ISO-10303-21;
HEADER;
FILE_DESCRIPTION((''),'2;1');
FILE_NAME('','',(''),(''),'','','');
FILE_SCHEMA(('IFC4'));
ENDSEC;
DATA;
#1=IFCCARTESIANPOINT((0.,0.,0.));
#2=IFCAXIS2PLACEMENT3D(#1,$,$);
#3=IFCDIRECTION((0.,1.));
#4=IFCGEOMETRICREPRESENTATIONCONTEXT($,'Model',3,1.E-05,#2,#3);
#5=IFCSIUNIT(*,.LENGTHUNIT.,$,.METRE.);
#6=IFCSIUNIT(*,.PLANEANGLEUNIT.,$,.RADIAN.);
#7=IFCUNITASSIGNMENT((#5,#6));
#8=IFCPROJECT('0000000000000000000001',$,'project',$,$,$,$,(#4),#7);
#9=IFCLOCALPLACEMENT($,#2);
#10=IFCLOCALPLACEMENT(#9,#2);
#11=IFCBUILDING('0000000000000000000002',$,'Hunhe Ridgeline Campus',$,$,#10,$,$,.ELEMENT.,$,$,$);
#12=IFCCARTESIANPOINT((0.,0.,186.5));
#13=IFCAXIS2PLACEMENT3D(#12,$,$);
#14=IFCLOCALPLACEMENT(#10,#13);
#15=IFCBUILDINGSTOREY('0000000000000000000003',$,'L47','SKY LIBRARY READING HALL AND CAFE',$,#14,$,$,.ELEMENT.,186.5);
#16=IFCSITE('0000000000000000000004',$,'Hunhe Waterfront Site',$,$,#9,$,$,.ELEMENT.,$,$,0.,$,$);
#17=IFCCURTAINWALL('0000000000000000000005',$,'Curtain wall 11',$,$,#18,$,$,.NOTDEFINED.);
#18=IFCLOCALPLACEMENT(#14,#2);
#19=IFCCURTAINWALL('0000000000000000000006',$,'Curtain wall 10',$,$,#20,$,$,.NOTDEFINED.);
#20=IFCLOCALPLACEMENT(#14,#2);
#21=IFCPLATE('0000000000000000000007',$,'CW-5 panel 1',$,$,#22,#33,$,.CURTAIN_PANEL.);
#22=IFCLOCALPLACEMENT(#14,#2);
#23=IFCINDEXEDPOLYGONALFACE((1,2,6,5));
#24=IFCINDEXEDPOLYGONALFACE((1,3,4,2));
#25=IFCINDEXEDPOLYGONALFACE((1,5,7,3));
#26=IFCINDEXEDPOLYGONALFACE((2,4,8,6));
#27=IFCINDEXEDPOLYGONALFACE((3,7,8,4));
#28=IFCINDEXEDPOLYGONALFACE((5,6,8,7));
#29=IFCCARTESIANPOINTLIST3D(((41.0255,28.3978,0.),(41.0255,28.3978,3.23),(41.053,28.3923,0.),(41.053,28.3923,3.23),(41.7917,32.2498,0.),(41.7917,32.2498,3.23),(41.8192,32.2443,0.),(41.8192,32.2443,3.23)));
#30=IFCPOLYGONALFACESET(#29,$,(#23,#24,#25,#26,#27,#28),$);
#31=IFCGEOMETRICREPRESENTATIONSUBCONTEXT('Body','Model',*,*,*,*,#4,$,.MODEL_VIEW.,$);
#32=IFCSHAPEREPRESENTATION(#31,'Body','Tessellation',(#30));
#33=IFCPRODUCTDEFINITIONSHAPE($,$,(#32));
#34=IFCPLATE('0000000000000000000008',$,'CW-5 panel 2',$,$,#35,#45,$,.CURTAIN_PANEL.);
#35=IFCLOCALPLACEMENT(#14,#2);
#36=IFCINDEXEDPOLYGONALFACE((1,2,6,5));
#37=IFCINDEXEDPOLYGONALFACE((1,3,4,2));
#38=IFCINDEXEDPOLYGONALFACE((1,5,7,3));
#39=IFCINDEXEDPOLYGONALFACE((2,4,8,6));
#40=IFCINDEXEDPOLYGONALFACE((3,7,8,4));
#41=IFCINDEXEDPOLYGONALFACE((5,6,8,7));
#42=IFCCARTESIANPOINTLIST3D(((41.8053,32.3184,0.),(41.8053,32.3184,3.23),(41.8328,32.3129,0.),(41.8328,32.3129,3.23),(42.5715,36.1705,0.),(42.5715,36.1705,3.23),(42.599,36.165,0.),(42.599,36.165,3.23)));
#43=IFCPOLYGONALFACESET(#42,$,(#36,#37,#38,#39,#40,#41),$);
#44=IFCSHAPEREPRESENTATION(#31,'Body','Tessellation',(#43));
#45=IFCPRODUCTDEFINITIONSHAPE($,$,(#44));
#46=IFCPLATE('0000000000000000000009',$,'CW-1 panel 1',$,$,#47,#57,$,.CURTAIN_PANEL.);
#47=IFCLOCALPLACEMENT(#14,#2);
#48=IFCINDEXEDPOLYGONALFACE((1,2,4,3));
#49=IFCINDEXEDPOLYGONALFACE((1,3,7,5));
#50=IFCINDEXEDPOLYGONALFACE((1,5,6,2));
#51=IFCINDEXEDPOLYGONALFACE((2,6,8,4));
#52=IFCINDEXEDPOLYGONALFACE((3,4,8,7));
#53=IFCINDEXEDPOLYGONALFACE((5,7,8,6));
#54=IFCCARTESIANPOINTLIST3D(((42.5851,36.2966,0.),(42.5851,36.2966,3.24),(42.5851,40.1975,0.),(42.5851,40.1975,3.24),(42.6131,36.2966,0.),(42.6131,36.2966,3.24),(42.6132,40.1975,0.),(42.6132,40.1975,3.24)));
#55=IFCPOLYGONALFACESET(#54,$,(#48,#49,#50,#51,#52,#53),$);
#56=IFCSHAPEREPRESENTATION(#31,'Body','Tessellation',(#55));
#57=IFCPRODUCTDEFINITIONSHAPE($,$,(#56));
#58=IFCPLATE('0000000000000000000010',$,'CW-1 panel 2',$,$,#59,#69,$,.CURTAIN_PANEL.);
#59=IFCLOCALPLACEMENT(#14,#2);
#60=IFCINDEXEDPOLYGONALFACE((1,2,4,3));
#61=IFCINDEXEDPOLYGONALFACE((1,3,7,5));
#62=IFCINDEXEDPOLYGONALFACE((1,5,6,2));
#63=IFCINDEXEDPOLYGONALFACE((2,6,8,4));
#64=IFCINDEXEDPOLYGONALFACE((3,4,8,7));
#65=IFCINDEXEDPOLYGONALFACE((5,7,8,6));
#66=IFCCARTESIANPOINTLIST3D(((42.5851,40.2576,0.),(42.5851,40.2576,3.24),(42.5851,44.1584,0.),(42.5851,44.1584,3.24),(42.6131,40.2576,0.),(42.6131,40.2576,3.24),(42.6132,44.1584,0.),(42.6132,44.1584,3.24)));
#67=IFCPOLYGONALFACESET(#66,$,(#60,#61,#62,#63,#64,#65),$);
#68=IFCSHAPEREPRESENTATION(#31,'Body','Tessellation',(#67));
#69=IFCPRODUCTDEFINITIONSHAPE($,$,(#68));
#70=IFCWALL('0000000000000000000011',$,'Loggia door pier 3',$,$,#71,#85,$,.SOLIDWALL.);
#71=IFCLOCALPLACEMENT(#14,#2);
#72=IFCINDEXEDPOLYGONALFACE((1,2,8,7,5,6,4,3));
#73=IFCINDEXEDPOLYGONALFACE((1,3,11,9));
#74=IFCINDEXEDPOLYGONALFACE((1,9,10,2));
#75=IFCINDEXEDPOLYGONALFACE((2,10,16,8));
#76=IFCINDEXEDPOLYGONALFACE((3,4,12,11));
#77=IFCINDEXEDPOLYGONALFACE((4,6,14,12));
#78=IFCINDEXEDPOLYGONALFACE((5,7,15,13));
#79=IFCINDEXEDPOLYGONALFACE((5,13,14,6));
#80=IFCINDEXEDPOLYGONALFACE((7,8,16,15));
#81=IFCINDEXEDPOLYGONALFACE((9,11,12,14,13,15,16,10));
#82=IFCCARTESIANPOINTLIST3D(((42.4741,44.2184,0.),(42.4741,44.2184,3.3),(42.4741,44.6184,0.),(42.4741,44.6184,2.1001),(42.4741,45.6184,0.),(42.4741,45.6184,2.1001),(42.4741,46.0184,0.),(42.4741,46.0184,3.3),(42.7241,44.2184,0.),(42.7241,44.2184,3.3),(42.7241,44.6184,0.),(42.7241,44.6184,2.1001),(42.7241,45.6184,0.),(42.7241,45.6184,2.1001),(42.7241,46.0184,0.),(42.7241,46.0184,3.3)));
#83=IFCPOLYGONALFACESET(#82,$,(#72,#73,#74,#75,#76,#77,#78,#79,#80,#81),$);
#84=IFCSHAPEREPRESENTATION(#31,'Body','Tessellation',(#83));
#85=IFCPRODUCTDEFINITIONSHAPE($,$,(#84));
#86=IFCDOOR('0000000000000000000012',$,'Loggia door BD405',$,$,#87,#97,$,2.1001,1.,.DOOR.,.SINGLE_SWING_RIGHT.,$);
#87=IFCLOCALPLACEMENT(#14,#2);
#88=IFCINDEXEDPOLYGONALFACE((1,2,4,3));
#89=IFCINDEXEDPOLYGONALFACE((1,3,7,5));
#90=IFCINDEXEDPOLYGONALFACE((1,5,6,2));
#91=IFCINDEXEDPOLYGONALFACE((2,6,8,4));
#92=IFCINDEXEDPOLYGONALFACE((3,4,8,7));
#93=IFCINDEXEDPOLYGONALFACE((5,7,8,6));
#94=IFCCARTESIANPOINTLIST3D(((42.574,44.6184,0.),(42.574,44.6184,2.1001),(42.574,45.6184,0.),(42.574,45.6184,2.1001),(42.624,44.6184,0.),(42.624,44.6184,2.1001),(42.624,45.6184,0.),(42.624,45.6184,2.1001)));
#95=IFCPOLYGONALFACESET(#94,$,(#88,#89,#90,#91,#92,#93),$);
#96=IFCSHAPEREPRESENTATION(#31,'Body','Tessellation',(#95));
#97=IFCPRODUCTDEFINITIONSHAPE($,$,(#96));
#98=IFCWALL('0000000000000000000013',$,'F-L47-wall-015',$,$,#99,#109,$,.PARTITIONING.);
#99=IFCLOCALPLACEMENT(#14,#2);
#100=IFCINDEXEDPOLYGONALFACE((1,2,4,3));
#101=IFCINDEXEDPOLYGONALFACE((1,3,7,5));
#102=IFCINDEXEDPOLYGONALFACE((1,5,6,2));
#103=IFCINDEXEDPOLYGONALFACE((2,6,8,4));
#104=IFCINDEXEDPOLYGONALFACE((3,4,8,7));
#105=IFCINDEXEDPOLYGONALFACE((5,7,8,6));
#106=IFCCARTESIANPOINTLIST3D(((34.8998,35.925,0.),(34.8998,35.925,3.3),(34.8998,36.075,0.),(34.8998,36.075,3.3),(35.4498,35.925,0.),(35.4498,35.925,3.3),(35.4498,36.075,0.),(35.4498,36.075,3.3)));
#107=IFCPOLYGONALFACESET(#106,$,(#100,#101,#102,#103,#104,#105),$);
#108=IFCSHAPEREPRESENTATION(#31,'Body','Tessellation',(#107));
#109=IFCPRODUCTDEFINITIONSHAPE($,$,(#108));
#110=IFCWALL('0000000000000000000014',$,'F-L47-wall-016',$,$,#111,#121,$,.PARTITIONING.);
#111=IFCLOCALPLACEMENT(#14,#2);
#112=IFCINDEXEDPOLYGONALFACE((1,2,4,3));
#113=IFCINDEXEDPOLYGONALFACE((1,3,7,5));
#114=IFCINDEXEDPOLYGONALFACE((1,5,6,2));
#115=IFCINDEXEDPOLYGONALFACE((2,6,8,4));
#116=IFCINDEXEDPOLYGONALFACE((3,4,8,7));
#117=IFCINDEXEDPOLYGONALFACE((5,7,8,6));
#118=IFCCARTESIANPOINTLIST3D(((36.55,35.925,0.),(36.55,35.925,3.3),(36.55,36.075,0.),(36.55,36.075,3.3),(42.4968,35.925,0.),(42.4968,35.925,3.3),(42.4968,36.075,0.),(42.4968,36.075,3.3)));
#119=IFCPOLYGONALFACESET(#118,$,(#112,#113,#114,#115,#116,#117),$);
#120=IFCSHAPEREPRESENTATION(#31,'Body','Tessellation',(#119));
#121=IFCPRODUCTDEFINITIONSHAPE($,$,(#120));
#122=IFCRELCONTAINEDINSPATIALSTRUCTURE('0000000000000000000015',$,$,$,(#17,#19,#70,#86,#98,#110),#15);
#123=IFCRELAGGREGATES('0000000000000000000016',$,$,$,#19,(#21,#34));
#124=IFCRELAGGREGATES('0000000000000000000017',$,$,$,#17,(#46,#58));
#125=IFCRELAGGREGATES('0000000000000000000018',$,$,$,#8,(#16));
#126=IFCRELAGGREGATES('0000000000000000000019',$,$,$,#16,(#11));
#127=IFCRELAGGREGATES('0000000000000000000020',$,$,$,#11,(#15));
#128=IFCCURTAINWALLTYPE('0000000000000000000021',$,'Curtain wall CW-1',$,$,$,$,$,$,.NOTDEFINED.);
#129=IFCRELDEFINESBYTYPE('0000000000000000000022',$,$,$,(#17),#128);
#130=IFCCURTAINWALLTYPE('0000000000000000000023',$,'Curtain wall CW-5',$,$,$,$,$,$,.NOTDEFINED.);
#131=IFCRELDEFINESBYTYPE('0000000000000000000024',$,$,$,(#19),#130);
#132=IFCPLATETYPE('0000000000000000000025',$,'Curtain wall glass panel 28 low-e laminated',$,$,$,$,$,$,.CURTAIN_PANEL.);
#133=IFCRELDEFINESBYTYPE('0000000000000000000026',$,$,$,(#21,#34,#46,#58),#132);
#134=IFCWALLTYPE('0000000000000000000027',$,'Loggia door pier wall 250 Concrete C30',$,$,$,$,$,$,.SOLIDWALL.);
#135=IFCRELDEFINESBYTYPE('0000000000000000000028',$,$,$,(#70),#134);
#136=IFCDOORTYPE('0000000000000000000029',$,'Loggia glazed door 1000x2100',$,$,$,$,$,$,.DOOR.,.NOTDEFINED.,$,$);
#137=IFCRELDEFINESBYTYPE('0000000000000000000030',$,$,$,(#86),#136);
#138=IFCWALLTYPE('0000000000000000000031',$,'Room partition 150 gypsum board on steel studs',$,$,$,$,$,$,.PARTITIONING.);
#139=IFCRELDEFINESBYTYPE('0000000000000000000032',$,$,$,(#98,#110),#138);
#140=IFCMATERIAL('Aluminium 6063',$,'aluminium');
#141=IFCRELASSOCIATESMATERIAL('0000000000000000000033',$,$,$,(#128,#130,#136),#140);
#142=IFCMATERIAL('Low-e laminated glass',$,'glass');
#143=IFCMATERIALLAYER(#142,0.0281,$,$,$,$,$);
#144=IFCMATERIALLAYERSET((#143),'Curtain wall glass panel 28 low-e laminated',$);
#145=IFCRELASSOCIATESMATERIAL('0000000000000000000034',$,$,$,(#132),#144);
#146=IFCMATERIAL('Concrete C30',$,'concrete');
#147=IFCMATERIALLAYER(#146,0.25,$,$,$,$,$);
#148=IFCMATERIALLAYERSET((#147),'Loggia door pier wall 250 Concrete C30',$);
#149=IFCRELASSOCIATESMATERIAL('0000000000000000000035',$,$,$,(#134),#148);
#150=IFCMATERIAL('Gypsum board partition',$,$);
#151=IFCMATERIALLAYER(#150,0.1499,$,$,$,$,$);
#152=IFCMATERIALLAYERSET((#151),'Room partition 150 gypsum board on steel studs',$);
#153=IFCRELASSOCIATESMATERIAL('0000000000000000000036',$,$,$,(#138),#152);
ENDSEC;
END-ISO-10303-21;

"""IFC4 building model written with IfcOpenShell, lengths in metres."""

from ifc_helpers import new_model, si_unit, direction, frame, frame_2d, origin, origin_2d, place, context, subcontext, project, spatial, rectangle, extrude, material, layer, layer_set, type_object, element, fill, aggregate, save


model = new_model("IFC4")

# Units and contexts
model_context = context("Model", 3, precision=1e-05, world=origin(), true_north=direction((0.0, 1.0)))
body_context = subcontext(model_context, "Body", "Model", "MODEL_VIEW")
ifc_project = project(units=[si_unit("LENGTHUNIT", "METRE"), si_unit("PLANEANGLEUNIT", "RADIAN")], contexts=[model_context])

# Site, building, storey
site_placement = place(None, origin())
site = spatial("IfcSite", under=ifc_project, at=site_placement, Name="Hunhe Waterfront Site", CompositionType="ELEMENT", RefElevation=0.0)
building_placement = place(site_placement, origin())
building = spatial("IfcBuilding", under=site, at=building_placement, Name="Hunhe Ridgeline Campus", CompositionType="ELEMENT")
storey_placement = place(building_placement, frame((0.0, 0.0, 186.5)))
storey = spatial("IfcBuildingStorey", under=building, at=storey_placement, Name="L47", Description="SKY LIBRARY READING HALL AND CAFE", CompositionType="ELEMENT", Elevation=186.5)

# Curtain walls
ifc_material_1 = material(Name="Aluminium 6063", Category="aluminium")
curtain_wall_type_1 = type_object("IfcCurtainWallType", Name="Curtain wall CW-1", PredefinedType="NOTDEFINED", material=ifc_material_1)
curtain_wall_1_placement = place(storey_placement, origin())
curtain_wall_1 = element("IfcCurtainWall", 1, at=curtain_wall_1_placement, inside=storey, type_object=curtain_wall_type_1, Name="Curtain wall 11", PredefinedType="NOTDEFINED")
curtain_wall_type_2 = type_object("IfcCurtainWallType", Name="Curtain wall CW-5", PredefinedType="NOTDEFINED", material=ifc_material_1)
curtain_wall_2_placement = place(storey_placement, origin())
curtain_wall_2 = element("IfcCurtainWall", 2, at=curtain_wall_2_placement, inside=storey, type_object=curtain_wall_type_2, Name="Curtain wall 10", PredefinedType="NOTDEFINED")

# Plates
ifc_material_2 = material(Name="Low-e laminated glass", Category="glass")
ifc_layer_1 = layer(ifc_material_2, 0.0281)
ifc_layer_set_1 = layer_set([ifc_layer_1], Name="Curtain wall glass panel 28 low-e laminated")
plate_type = type_object("IfcPlateType", Name="Curtain wall glass panel 28 low-e laminated", PredefinedType="CURTAIN_PANEL", material=ifc_layer_set_1)
plate_1_placement = place(storey_placement, frame((41.4224, 30.321, 0.0), z_axis=(0.0, 0.0, 1.0), x_axis=(0.19509, 0.980785, 0.0)))
plate_1 = element("IfcPlate", 3, at=plate_1_placement, type_object=plate_type, Name="CW-5 panel 1", PredefinedType="CURTAIN_PANEL", context=body_context, shape_type="SweptSolid", body=[
    extrude(rectangle(XDim=3.9275, YDim=0.0281, at=origin_2d()), origin(), (0.0, 0.0, 1.0), 3.23),
])
plate_2_placement = place(storey_placement, frame((42.2021, 34.2417, 0.0), z_axis=(0.0, 0.0, 1.0), x_axis=(0.19509, 0.980785, 0.0)))
plate_2 = element("IfcPlate", 4, at=plate_2_placement, type_object=plate_type, Name="CW-5 panel 2", PredefinedType="CURTAIN_PANEL", context=body_context, shape_type="SweptSolid", body=[
    extrude(rectangle(XDim=3.9275, YDim=0.0281, at=origin_2d()), origin(), (0.0, 0.0, 1.0), 3.23),
])
aggregate(curtain_wall_2, [plate_1, plate_2])
plate_3_placement = place(storey_placement, frame((42.5991, 38.2471, 0.0), z_axis=(0.0, 0.0, 1.0), x_axis=(0.000007, 1.0, 0.0)))
plate_3 = element("IfcPlate", 5, at=plate_3_placement, type_object=plate_type, Name="CW-1 panel 1", PredefinedType="CURTAIN_PANEL", context=body_context, shape_type="SweptSolid", body=[
    extrude(rectangle(XDim=3.9009, YDim=0.0281, at=origin_2d()), origin(), (0.0, 0.0, 1.0), 3.24),
])
plate_4_placement = place(storey_placement, frame((42.5991, 42.208, 0.0), z_axis=(0.0, 0.0, 1.0), x_axis=(0.000007, 1.0, 0.0)))
plate_4 = element("IfcPlate", 6, at=plate_4_placement, type_object=plate_type, Name="CW-1 panel 2", PredefinedType="CURTAIN_PANEL", context=body_context, shape_type="SweptSolid", body=[
    extrude(rectangle(XDim=3.9009, YDim=0.0281, at=origin_2d()), origin(), (0.0, 0.0, 1.0), 3.24),
])
aggregate(curtain_wall_1, [plate_3, plate_4])

# Wall, opening, door
ifc_material_3 = material(Name="Concrete C30", Category="concrete")
ifc_layer_2 = layer(ifc_material_3, 0.25)
ifc_layer_set_2 = layer_set([ifc_layer_2], Name="Loggia door pier wall 250 Concrete C30")
wall_type_1 = type_object("IfcWallType", Name="Loggia door pier wall 250 Concrete C30", PredefinedType="SOLIDWALL", material=ifc_layer_set_2)
wall_1_placement = place(storey_placement, frame((42.5991, 44.2185, 0.0), z_axis=(0.0, 0.0, 1.0), x_axis=(0.0, 1.0, 0.0)))
wall_1 = element("IfcWall", 7, at=wall_1_placement, inside=storey, type_object=wall_type_1, Name="Loggia door pier 3", PredefinedType="SOLIDWALL", context=body_context, shape_type="SweptSolid", body=[
    extrude(rectangle(XDim=1.8, YDim=0.25, at=frame_2d((0.8999, 0.0))), origin(), (0.0, 0.0, 1.0), 3.3),
])
opening_placement = place(wall_1_placement, frame((0.3999, 0.0, 0.0)))
opening = element("IfcOpeningElement", 8, at=opening_placement, cuts=wall_1, PredefinedType="OPENING", context=body_context, shape_type="SweptSolid", body=[
    extrude(rectangle(XDim=1.0, YDim=2.1001, at=frame_2d((0.5, 1.05))), frame((0.0, 0.125, 0.0), z_axis=(0.0, -1.0, 0.0), x_axis=(1.0, 0.0, 0.0)), (0.0, 0.0, 1.0), 0.25),
])
door_type = type_object("IfcDoorType", Name="Loggia glazed door 1000x2100", OperationType="NOTDEFINED", PredefinedType="DOOR", material=ifc_material_1)
door_placement = place(opening_placement, frame((1.0, 0.0, 0.0), z_axis=(0.0, 0.0, 1.0), x_axis=(-1.0, 0.0, 0.0)))
door = element("IfcDoor", 9, at=door_placement, inside=storey, type_object=door_type, Name="Loggia door BD405", OperationType="SINGLE_SWING_RIGHT", OverallHeight=2.1001, OverallWidth=1.0, PredefinedType="DOOR", context=body_context, shape_type="SweptSolid", body=[
    extrude(rectangle(XDim=1.0, YDim=2.1001, at=frame_2d((0.5, 1.05))), frame((0.0, 0.0249, 0.0), z_axis=(0.0, -1.0, 0.0), x_axis=(1.0, 0.0, 0.0)), (0.0, 0.0, 1.0), 0.05),
])
fill(opening, door)

# Walls
ifc_material_4 = material(Name="Gypsum board partition")
ifc_layer_3 = layer(ifc_material_4, 0.1499)
ifc_layer_set_3 = layer_set([ifc_layer_3], Name="Room partition 150 gypsum board on steel studs")
wall_type_2 = type_object("IfcWallType", Name="Room partition 150 gypsum board on steel studs", PredefinedType="PARTITIONING", material=ifc_layer_set_3)
wall_2_placement = place(storey_placement, frame((34.8999, 36.0, 0.0), z_axis=(0.0, 0.0, 1.0), x_axis=(1.0, 0.0, 0.0)))
element("IfcWall", 10, at=wall_2_placement, inside=storey, type_object=wall_type_2, Name="F-L47-wall-015", PredefinedType="PARTITIONING", context=body_context, shape_type="SweptSolid", body=[
    extrude(rectangle(XDim=0.55, YDim=0.1499, at=frame_2d((0.2749, 0.0))), origin(), (0.0, 0.0, 1.0), 3.3),
])
wall_3_placement = place(storey_placement, frame((36.55, 36.0, 0.0), z_axis=(0.0, 0.0, 1.0), x_axis=(1.0, 0.0, 0.0)))
element("IfcWall", 11, at=wall_3_placement, inside=storey, type_object=wall_type_2, Name="F-L47-wall-016", PredefinedType="PARTITIONING", context=body_context, shape_type="SweptSolid", body=[
    extrude(rectangle(XDim=5.9468, YDim=0.1499, at=frame_2d((2.9734, 0.0))), origin(), (0.0, 0.0, 1.0), 3.3),
])

save(model, "model.ifc")
